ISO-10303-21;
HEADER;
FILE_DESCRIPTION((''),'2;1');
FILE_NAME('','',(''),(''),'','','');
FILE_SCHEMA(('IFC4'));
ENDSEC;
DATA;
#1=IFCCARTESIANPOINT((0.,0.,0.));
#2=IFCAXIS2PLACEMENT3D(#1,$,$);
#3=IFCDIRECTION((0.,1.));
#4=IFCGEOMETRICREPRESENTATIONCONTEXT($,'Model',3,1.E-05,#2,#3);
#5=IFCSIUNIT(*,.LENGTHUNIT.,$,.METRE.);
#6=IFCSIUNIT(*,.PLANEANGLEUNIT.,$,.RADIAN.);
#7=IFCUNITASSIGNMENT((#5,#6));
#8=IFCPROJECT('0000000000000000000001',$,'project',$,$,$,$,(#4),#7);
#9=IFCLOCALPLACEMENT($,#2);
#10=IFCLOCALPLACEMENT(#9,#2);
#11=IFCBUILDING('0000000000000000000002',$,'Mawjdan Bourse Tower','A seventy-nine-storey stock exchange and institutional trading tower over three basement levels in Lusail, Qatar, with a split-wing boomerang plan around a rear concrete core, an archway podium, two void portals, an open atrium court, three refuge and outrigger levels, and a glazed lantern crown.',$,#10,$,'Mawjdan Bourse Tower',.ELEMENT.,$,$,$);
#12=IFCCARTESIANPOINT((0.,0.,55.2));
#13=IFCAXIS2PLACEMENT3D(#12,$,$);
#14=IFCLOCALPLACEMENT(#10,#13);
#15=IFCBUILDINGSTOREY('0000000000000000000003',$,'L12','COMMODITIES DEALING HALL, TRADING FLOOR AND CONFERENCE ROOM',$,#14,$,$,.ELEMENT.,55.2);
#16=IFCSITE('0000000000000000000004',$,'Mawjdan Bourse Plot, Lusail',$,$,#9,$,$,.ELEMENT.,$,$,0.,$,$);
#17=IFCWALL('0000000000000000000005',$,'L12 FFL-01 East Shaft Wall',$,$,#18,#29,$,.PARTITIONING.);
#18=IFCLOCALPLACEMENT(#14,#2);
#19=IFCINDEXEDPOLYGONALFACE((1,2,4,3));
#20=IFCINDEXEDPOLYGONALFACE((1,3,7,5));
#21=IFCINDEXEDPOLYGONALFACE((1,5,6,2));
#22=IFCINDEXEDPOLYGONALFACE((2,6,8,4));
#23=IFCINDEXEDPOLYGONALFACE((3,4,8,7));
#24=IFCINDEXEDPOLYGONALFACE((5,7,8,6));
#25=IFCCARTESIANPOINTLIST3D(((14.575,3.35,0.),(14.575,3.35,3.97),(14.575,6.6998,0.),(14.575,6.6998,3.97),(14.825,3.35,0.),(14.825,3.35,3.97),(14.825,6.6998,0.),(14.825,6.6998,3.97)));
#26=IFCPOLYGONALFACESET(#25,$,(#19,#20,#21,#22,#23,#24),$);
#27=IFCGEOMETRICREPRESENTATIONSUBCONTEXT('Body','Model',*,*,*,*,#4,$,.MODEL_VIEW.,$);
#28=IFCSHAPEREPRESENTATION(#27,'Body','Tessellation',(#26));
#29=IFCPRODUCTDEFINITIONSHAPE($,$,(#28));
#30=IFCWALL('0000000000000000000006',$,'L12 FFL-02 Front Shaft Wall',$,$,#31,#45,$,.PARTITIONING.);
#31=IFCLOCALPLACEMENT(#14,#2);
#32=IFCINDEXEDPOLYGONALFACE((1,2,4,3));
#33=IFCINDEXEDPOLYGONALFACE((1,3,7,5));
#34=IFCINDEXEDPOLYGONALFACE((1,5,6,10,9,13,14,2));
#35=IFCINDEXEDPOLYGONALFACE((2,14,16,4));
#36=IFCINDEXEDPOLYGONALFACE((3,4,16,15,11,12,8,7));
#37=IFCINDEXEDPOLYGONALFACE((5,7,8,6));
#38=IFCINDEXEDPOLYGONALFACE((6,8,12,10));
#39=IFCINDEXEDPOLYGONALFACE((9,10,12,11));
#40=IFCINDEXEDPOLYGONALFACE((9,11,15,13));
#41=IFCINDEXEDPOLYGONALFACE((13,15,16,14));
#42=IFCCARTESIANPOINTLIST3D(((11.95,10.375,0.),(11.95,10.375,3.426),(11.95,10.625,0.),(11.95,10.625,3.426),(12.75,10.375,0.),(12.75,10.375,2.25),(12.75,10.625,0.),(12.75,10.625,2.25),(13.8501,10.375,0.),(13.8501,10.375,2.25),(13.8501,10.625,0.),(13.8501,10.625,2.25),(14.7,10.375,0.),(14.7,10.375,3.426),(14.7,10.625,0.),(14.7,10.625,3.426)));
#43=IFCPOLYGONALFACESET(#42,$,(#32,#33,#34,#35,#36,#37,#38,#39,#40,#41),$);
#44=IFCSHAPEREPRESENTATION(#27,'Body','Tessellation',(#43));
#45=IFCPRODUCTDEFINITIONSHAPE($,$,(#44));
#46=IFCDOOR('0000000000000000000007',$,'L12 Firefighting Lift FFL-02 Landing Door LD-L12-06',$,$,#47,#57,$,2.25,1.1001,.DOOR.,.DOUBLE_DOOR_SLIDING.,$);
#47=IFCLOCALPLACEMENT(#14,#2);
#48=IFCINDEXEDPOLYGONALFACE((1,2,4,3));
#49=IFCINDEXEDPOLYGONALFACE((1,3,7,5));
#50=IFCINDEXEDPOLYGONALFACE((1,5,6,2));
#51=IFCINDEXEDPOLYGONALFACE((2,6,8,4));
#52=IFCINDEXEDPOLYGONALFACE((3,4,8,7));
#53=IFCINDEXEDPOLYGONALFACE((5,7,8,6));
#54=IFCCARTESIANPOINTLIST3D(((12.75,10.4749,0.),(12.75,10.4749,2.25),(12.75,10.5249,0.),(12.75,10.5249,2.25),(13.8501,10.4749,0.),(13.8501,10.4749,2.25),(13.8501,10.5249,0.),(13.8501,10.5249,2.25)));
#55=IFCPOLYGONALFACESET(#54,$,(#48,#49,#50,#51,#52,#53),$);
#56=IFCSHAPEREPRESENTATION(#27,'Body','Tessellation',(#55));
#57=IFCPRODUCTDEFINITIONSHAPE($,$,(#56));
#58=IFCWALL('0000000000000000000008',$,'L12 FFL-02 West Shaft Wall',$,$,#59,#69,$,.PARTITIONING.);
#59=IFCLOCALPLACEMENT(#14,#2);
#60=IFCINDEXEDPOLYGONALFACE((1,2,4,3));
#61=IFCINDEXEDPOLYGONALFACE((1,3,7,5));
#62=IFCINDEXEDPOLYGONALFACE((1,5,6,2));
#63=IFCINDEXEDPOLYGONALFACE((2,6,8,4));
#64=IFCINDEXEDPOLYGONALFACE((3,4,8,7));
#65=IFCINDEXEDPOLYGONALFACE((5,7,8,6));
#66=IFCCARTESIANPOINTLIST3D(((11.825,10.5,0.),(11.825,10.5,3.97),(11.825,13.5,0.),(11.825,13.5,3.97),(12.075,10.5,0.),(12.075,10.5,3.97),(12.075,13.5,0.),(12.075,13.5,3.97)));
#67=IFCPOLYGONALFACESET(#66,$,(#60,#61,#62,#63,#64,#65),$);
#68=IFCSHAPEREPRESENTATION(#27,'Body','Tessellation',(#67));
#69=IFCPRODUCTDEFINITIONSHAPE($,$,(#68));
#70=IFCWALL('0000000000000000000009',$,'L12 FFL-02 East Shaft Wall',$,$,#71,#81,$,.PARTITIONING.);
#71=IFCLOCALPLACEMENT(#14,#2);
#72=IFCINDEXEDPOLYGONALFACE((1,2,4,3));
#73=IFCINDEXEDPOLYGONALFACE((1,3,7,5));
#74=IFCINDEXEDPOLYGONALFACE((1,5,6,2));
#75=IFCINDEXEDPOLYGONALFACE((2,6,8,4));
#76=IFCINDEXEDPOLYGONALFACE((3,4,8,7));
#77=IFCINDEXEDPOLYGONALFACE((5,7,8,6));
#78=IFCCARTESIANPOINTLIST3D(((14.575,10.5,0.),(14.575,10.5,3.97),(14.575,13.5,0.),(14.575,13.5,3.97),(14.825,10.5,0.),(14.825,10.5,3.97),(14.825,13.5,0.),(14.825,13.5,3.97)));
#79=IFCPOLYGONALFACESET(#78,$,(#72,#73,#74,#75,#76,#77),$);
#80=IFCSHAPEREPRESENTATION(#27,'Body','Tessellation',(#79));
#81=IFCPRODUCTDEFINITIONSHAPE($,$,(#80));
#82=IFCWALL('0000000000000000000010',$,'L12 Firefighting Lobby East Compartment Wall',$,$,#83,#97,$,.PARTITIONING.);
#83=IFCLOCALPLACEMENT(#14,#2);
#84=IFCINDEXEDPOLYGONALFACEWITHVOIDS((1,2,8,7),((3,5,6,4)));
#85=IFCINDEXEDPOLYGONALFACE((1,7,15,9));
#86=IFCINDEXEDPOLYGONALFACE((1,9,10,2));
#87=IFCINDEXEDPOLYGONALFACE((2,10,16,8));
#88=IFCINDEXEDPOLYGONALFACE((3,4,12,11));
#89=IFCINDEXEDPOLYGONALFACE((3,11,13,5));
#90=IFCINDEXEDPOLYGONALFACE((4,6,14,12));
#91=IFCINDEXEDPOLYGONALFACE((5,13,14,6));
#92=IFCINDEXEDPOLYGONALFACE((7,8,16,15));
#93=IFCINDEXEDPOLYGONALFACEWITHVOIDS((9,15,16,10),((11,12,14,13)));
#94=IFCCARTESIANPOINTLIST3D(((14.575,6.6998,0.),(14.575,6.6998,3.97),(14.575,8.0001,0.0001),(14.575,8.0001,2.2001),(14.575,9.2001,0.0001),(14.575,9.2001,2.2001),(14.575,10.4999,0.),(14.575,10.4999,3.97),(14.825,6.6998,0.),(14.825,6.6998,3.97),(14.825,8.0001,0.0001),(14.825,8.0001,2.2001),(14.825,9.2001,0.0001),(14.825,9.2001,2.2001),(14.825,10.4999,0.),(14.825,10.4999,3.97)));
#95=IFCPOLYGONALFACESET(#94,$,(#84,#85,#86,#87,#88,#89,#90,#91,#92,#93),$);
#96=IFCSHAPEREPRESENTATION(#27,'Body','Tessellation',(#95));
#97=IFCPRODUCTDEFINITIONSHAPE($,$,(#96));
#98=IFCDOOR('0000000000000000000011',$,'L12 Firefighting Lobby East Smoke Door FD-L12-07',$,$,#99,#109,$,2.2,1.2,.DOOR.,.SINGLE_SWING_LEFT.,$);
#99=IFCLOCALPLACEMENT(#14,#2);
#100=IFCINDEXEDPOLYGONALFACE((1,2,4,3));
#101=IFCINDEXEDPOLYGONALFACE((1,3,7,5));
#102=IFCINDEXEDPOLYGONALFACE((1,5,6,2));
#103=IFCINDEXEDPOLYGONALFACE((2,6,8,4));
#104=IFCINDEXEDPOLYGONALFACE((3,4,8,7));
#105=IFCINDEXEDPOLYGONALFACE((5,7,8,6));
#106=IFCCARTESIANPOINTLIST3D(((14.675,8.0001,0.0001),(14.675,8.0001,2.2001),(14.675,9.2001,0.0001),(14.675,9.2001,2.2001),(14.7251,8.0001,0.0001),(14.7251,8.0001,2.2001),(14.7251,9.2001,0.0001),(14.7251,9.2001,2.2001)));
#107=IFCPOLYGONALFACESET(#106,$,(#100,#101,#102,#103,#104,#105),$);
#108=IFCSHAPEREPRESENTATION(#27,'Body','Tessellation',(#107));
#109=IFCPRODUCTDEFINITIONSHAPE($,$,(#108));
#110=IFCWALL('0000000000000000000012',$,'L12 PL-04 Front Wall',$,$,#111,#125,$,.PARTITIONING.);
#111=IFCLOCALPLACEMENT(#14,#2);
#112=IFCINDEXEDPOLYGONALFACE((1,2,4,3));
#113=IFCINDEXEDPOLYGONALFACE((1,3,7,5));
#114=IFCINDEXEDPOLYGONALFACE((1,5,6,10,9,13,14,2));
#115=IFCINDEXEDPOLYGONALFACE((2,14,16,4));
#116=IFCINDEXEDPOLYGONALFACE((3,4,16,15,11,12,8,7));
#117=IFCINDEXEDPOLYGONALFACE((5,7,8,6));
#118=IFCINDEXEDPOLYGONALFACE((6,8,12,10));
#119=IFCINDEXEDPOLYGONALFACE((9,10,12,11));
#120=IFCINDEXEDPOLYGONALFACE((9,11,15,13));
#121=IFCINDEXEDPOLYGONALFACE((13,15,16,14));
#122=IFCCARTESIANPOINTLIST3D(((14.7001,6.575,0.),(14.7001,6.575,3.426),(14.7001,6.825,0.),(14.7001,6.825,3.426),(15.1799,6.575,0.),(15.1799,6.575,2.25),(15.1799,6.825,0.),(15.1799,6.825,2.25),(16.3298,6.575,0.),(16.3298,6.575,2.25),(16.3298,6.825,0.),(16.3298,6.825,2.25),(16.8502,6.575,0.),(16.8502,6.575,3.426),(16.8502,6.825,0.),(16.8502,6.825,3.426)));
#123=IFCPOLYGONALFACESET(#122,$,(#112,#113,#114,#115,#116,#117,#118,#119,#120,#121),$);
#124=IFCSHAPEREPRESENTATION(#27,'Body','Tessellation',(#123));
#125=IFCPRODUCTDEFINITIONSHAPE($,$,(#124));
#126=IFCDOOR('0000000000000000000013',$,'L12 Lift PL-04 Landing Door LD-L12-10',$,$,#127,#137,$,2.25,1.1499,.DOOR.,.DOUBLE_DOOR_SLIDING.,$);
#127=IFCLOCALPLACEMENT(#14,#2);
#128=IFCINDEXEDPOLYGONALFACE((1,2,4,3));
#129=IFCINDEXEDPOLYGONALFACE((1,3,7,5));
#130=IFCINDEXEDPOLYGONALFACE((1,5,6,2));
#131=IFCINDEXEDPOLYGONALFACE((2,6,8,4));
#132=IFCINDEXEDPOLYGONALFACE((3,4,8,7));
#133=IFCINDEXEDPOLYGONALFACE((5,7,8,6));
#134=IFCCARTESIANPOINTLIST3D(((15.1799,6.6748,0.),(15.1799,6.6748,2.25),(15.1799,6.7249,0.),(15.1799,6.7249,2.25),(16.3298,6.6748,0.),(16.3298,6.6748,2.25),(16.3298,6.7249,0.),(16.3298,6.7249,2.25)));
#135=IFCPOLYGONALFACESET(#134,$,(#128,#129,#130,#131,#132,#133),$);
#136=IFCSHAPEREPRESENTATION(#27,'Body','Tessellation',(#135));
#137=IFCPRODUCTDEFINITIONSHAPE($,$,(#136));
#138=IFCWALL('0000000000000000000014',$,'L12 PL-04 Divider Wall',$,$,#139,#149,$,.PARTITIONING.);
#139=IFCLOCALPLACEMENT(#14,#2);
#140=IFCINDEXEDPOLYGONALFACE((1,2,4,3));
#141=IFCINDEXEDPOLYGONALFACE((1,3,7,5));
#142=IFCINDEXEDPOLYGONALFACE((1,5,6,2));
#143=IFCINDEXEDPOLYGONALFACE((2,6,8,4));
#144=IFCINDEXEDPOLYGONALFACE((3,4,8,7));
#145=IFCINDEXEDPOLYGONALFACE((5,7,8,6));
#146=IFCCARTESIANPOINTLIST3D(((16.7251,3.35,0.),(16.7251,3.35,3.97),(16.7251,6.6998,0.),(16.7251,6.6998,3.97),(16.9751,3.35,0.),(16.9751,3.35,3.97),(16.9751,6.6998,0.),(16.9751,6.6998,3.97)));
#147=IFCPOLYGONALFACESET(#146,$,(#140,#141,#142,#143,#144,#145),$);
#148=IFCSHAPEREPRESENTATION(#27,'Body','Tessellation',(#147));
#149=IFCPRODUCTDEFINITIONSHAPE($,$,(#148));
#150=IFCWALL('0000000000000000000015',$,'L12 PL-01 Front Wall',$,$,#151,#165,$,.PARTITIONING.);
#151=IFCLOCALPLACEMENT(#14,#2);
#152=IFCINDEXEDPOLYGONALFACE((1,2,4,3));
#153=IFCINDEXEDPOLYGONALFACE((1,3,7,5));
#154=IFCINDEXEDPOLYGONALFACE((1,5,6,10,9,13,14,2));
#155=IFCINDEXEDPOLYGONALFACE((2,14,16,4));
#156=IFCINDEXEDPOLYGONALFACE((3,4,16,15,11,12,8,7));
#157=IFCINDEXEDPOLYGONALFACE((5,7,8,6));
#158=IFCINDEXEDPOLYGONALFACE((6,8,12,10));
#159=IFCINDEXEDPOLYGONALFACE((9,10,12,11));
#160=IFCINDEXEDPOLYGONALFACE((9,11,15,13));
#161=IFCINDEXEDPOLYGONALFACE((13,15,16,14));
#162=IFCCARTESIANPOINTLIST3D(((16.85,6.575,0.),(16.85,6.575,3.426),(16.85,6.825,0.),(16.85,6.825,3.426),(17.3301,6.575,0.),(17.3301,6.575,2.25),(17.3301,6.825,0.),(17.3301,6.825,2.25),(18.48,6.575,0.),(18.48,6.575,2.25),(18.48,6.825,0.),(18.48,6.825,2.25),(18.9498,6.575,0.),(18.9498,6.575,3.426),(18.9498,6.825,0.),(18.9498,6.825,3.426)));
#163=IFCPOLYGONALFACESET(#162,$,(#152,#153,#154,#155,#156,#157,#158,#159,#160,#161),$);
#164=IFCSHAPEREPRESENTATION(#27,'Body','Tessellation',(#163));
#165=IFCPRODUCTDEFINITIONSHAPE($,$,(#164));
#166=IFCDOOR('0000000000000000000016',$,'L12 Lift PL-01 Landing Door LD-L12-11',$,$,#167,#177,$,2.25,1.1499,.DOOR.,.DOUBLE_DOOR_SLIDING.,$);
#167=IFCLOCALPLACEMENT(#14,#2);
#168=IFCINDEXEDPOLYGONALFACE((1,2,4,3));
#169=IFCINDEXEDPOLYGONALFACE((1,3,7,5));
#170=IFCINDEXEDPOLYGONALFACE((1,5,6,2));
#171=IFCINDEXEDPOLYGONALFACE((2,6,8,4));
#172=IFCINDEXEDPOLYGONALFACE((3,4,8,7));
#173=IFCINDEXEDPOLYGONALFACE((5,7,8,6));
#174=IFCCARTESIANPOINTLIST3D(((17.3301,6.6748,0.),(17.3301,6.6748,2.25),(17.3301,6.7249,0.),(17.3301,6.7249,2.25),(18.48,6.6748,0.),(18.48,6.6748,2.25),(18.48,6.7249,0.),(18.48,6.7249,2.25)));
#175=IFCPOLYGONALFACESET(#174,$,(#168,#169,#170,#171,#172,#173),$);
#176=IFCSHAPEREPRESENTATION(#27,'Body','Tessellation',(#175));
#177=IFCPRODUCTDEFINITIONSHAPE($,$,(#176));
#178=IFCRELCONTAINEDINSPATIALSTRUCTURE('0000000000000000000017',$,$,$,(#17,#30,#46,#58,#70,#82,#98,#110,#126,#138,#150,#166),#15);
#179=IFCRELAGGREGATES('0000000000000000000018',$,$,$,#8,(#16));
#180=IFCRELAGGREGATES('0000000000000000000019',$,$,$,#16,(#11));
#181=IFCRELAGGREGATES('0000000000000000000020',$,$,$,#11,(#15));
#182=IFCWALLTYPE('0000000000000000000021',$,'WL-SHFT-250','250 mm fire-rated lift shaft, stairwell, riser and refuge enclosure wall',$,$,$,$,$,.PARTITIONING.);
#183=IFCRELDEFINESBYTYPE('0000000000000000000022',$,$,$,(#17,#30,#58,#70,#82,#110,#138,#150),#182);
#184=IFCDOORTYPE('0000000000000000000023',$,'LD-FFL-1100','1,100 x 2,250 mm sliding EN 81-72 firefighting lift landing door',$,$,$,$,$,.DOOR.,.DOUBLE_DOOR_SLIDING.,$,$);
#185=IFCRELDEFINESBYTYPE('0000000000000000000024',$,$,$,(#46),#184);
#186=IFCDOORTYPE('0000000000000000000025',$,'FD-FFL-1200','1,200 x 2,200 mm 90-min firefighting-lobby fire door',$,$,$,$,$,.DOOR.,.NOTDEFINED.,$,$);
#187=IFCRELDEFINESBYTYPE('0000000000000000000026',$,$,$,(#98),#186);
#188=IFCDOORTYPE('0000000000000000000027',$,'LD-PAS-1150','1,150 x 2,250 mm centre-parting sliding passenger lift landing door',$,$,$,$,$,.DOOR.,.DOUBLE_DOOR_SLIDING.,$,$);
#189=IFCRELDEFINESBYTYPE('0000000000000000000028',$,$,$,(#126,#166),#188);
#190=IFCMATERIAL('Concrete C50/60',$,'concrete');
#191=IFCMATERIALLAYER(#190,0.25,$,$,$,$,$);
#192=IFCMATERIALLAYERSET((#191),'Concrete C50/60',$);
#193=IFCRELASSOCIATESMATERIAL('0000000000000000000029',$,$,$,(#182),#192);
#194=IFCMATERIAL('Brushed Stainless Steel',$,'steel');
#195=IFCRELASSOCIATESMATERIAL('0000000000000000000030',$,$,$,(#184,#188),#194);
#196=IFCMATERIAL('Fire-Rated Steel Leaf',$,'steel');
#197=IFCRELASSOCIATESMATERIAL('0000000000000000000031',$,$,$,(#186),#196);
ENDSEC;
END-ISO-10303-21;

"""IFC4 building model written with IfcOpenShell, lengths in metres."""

from ifc_helpers import new_model, si_unit, direction, frame, frame_2d, origin, place, context, subcontext, project, spatial, rectangle, extrude, material, layer, layer_set, type_object, element, fill, save


model = new_model("IFC4")

# Units and contexts
model_context = context("Model", 3, precision=1e-05, world=origin(), true_north=direction((0.0, 1.0)))
body_context = subcontext(model_context, "Body", "Model", "MODEL_VIEW")
ifc_project = project(units=[si_unit("LENGTHUNIT", "METRE"), si_unit("PLANEANGLEUNIT", "RADIAN")], contexts=[model_context])

# Site, building, storey
site_placement = place(None, origin())
site = spatial("IfcSite", under=ifc_project, at=site_placement, Name="Mawjdan Bourse Plot, Lusail", CompositionType="ELEMENT", RefElevation=0.0)
building_placement = place(site_placement, origin())
building = spatial("IfcBuilding", under=site, at=building_placement, Name="Mawjdan Bourse Tower", Description="A seventy-nine-storey stock exchange and institutional trading tower over three basement levels in Lusail, Qatar, with a split-wing boomerang plan around a rear concrete core, an archway podium, two void portals, an open atrium court, three refuge and outrigger levels, and a glazed lantern crown.", LongName="Mawjdan Bourse Tower", CompositionType="ELEMENT")
storey_placement = place(building_placement, frame((0.0, 0.0, 55.2)))
storey = spatial("IfcBuildingStorey", under=building, at=storey_placement, Name="L12", Description="COMMODITIES DEALING HALL, TRADING FLOOR AND CONFERENCE ROOM", CompositionType="ELEMENT", Elevation=55.2)

# Shared definitions
ifc_material_1 = material(Name="Concrete C50/60", Category="concrete")
ifc_layer = layer(ifc_material_1, 0.25)
ifc_layer_set = layer_set([ifc_layer], Name="Concrete C50/60")
wall_type = type_object("IfcWallType", Name="WL-SHFT-250", Description="250 mm fire-rated lift shaft, stairwell, riser and refuge enclosure wall", PredefinedType="PARTITIONING", material=ifc_layer_set)

# Shared definitions
ifc_material_2 = material(Name="Brushed Stainless Steel", Category="steel")
door_type_1 = type_object("IfcDoorType", Name="LD-FFL-1100", Description="1,100 x 2,250 mm sliding EN 81-72 firefighting lift landing door", OperationType="DOUBLE_DOOR_SLIDING", PredefinedType="DOOR", material=ifc_material_2)

# Wall
wall_1_placement = place(storey_placement, frame((14.7, 3.3501, 0.0), z_axis=(0.0, 0.0, 1.0), x_axis=(0.0, 1.0, 0.0)))
element("IfcWall", 1, at=wall_1_placement, inside=storey, type_object=wall_type, Name="L12 FFL-01 East Shaft Wall", PredefinedType="PARTITIONING", context=body_context, shape_type="SweptSolid", body=[
    extrude(rectangle(XDim=3.3499, YDim=0.25, at=frame_2d((1.6748, 0.0))), origin(), (0.0, 0.0, 1.0), 3.97),
])

# Wall, opening, door
wall_2_placement = place(storey_placement, frame((11.95, 10.5, 0.0), z_axis=(0.0, 0.0, 1.0), x_axis=(1.0, 0.0, 0.0)))
wall_2 = element("IfcWall", 2, at=wall_2_placement, inside=storey, type_object=wall_type, Name="L12 FFL-02 Front Shaft Wall", PredefinedType="PARTITIONING", context=body_context, shape_type="SweptSolid", body=[
    extrude(rectangle(XDim=2.75, YDim=0.25, at=frame_2d((1.375, 0.0))), origin(), (0.0, 0.0, 1.0), 3.426),
])
opening_1_placement = place(wall_2_placement, frame((0.8, 0.0, 0.0)))
opening_1 = element("IfcOpeningElement", 3, at=opening_1_placement, cuts=wall_2, PredefinedType="OPENING", context=body_context, shape_type="SweptSolid", body=[
    extrude(rectangle(XDim=1.1001, YDim=2.25, at=frame_2d((0.55, 1.125))), frame((0.0, 0.135, 0.0), z_axis=(0.0, -1.0, 0.0), x_axis=(1.0, 0.0, 0.0)), (0.0, 0.0, 1.0), 0.27),
])
door_1_placement = place(opening_1_placement, origin())
door_1 = element("IfcDoor", 4, at=door_1_placement, inside=storey, type_object=door_type_1, Name="L12 Firefighting Lift FFL-02 Landing Door LD-L12-06", OperationType="DOUBLE_DOOR_SLIDING", OverallHeight=2.25, OverallWidth=1.1001, PredefinedType="DOOR", context=body_context, shape_type="SweptSolid", body=[
    extrude(rectangle(XDim=1.1001, YDim=2.25, at=frame_2d((0.55, 1.125))), frame((0.0, 0.0249, 0.0), z_axis=(0.0, -1.0, 0.0), x_axis=(1.0, 0.0, 0.0)), (0.0, 0.0, 1.0), 0.05),
])
fill(opening_1, door_1)

# Walls
for number, where, z_axis, x_axis, name in (
    (5, (11.95, 10.5, 0.0), (0.0, 0.0, 1.0), (0.0, 1.0, 0.0), "L12 FFL-02 West Shaft Wall"),
    (6, (14.7, 10.5, 0.0), (0.0, 0.0, 1.0), (0.0, 1.0, 0.0), "L12 FFL-02 East Shaft Wall"),
):
    element("IfcWall", number, at=place(storey_placement, frame(where, z_axis=z_axis, x_axis=x_axis)), inside=storey, type_object=wall_type, Name=name, PredefinedType="PARTITIONING", context=body_context, shape_type="SweptSolid", body=[
        extrude(rectangle(XDim=3.0, YDim=0.25, at=frame_2d((1.5, 0.0))), origin(), (0.0, 0.0, 1.0), 3.97),
    ])

# Walls, openings, doors
wall_3_placement = place(storey_placement, frame((14.7, 6.7, 0.0), z_axis=(0.0, 0.0, 1.0), x_axis=(0.0, 1.0, 0.0)))
wall_3 = element("IfcWall", 7, at=wall_3_placement, inside=storey, type_object=wall_type, Name="L12 Firefighting Lobby East Compartment Wall", PredefinedType="PARTITIONING", context=body_context, shape_type="SweptSolid", body=[
    extrude(rectangle(XDim=3.8, YDim=0.25, at=frame_2d((1.8999, 0.0))), origin(), (0.0, 0.0, 1.0), 3.97),
])
opening_2_placement = place(wall_3_placement, frame((1.3, 0.0, 0.0)))
opening_2 = element("IfcOpeningElement", 8, at=opening_2_placement, cuts=wall_3, PredefinedType="OPENING", context=body_context, shape_type="SweptSolid", body=[
    extrude(rectangle(XDim=1.2, YDim=2.2, at=frame_2d((0.6001, 1.1001))), frame((0.0, 0.135, 0.0), z_axis=(0.0, -1.0, 0.0), x_axis=(1.0, 0.0, 0.0)), (0.0, 0.0, 1.0), 0.27),
])
ifc_material_3 = material(Name="Fire-Rated Steel Leaf", Category="steel")
door_type_2 = type_object("IfcDoorType", Name="FD-FFL-1200", Description="1,200 x 2,200 mm 90-min firefighting-lobby fire door", OperationType="NOTDEFINED", PredefinedType="DOOR", material=ifc_material_3)
door_2_placement = place(opening_2_placement, origin())
door_2 = element("IfcDoor", 9, at=door_2_placement, inside=storey, type_object=door_type_2, Name="L12 Firefighting Lobby East Smoke Door FD-L12-07", OperationType="SINGLE_SWING_LEFT", OverallHeight=2.2, OverallWidth=1.2, PredefinedType="DOOR", context=body_context, shape_type="SweptSolid", body=[
    extrude(rectangle(XDim=1.2, YDim=2.2, at=frame_2d((0.6001, 1.1001))), frame((0.0, 0.0249, 0.0), z_axis=(0.0, -1.0, 0.0), x_axis=(1.0, 0.0, 0.0)), (0.0, 0.0, 1.0), 0.05),
])
fill(opening_2, door_2)
wall_4_placement = place(storey_placement, frame((14.7, 6.7, 0.0), z_axis=(0.0, 0.0, 1.0), x_axis=(1.0, 0.0, 0.0)))
wall_4 = element("IfcWall", 10, at=wall_4_placement, inside=storey, type_object=wall_type, Name="L12 PL-04 Front Wall", PredefinedType="PARTITIONING", context=body_context, shape_type="SweptSolid", body=[
    extrude(rectangle(XDim=2.1501, YDim=0.25, at=frame_2d((1.0752, 0.0))), origin(), (0.0, 0.0, 1.0), 3.426),
])
opening_3_placement = place(wall_4_placement, frame((0.48, 0.0, 0.0)))
opening_3 = element("IfcOpeningElement", 11, at=opening_3_placement, cuts=wall_4, PredefinedType="OPENING", context=body_context, shape_type="SweptSolid", body=[
    extrude(rectangle(XDim=1.1499, YDim=2.25, at=frame_2d((0.575, 1.125))), frame((0.0, 0.135, 0.0), z_axis=(0.0, -1.0, 0.0), x_axis=(1.0, 0.0, 0.0)), (0.0, 0.0, 1.0), 0.27),
])
door_type_3 = type_object("IfcDoorType", Name="LD-PAS-1150", Description="1,150 x 2,250 mm centre-parting sliding passenger lift landing door", OperationType="DOUBLE_DOOR_SLIDING", PredefinedType="DOOR", material=ifc_material_2)
door_3_placement = place(opening_3_placement, origin())
door_3 = element("IfcDoor", 12, at=door_3_placement, inside=storey, type_object=door_type_3, Name="L12 Lift PL-04 Landing Door LD-L12-10", OperationType="DOUBLE_DOOR_SLIDING", OverallHeight=2.25, OverallWidth=1.1499, PredefinedType="DOOR", context=body_context, shape_type="SweptSolid", body=[
    extrude(rectangle(XDim=1.1499, YDim=2.25, at=frame_2d((0.575, 1.125))), frame((0.0, 0.0249, 0.0), z_axis=(0.0, -1.0, 0.0), x_axis=(1.0, 0.0, 0.0)), (0.0, 0.0, 1.0), 0.05),
])
fill(opening_3, door_3)

# Wall
wall_5_placement = place(storey_placement, frame((16.8501, 3.3501, 0.0), z_axis=(0.0, 0.0, 1.0), x_axis=(0.0, 1.0, 0.0)))
element("IfcWall", 13, at=wall_5_placement, inside=storey, type_object=wall_type, Name="L12 PL-04 Divider Wall", PredefinedType="PARTITIONING", context=body_context, shape_type="SweptSolid", body=[
    extrude(rectangle(XDim=3.3499, YDim=0.25, at=frame_2d((1.6748, 0.0))), origin(), (0.0, 0.0, 1.0), 3.97),
])

# Wall, opening, door
wall_6_placement = place(storey_placement, frame((16.8501, 6.7, 0.0), z_axis=(0.0, 0.0, 1.0), x_axis=(1.0, 0.0, 0.0)))
wall_6 = element("IfcWall", 14, at=wall_6_placement, inside=storey, type_object=wall_type, Name="L12 PL-01 Front Wall", PredefinedType="PARTITIONING", context=body_context, shape_type="SweptSolid", body=[
    extrude(rectangle(XDim=2.0999, YDim=0.25, at=frame_2d((1.0498, 0.0))), origin(), (0.0, 0.0, 1.0), 3.426),
])
opening_4_placement = place(wall_6_placement, frame((0.48, 0.0, 0.0)))
opening_4 = element("IfcOpeningElement", 15, at=opening_4_placement, cuts=wall_6, PredefinedType="OPENING", context=body_context, shape_type="SweptSolid", body=[
    extrude(rectangle(XDim=1.1499, YDim=2.25, at=frame_2d((0.575, 1.125))), frame((0.0, 0.135, 0.0), z_axis=(0.0, -1.0, 0.0), x_axis=(1.0, 0.0, 0.0)), (0.0, 0.0, 1.0), 0.27),
])
door_4_placement = place(opening_4_placement, origin())
door_4 = element("IfcDoor", 16, at=door_4_placement, inside=storey, type_object=door_type_3, Name="L12 Lift PL-01 Landing Door LD-L12-11", OperationType="DOUBLE_DOOR_SLIDING", OverallHeight=2.25, OverallWidth=1.1499, PredefinedType="DOOR", context=body_context, shape_type="SweptSolid", body=[
    extrude(rectangle(XDim=1.1499, YDim=2.25, at=frame_2d((0.575, 1.125))), frame((0.0, 0.0249, 0.0), z_axis=(0.0, -1.0, 0.0), x_axis=(1.0, 0.0, 0.0)), (0.0, 0.0, 1.0), 0.05),
])
fill(opening_4, door_4)

save(model, "model.ifc")
